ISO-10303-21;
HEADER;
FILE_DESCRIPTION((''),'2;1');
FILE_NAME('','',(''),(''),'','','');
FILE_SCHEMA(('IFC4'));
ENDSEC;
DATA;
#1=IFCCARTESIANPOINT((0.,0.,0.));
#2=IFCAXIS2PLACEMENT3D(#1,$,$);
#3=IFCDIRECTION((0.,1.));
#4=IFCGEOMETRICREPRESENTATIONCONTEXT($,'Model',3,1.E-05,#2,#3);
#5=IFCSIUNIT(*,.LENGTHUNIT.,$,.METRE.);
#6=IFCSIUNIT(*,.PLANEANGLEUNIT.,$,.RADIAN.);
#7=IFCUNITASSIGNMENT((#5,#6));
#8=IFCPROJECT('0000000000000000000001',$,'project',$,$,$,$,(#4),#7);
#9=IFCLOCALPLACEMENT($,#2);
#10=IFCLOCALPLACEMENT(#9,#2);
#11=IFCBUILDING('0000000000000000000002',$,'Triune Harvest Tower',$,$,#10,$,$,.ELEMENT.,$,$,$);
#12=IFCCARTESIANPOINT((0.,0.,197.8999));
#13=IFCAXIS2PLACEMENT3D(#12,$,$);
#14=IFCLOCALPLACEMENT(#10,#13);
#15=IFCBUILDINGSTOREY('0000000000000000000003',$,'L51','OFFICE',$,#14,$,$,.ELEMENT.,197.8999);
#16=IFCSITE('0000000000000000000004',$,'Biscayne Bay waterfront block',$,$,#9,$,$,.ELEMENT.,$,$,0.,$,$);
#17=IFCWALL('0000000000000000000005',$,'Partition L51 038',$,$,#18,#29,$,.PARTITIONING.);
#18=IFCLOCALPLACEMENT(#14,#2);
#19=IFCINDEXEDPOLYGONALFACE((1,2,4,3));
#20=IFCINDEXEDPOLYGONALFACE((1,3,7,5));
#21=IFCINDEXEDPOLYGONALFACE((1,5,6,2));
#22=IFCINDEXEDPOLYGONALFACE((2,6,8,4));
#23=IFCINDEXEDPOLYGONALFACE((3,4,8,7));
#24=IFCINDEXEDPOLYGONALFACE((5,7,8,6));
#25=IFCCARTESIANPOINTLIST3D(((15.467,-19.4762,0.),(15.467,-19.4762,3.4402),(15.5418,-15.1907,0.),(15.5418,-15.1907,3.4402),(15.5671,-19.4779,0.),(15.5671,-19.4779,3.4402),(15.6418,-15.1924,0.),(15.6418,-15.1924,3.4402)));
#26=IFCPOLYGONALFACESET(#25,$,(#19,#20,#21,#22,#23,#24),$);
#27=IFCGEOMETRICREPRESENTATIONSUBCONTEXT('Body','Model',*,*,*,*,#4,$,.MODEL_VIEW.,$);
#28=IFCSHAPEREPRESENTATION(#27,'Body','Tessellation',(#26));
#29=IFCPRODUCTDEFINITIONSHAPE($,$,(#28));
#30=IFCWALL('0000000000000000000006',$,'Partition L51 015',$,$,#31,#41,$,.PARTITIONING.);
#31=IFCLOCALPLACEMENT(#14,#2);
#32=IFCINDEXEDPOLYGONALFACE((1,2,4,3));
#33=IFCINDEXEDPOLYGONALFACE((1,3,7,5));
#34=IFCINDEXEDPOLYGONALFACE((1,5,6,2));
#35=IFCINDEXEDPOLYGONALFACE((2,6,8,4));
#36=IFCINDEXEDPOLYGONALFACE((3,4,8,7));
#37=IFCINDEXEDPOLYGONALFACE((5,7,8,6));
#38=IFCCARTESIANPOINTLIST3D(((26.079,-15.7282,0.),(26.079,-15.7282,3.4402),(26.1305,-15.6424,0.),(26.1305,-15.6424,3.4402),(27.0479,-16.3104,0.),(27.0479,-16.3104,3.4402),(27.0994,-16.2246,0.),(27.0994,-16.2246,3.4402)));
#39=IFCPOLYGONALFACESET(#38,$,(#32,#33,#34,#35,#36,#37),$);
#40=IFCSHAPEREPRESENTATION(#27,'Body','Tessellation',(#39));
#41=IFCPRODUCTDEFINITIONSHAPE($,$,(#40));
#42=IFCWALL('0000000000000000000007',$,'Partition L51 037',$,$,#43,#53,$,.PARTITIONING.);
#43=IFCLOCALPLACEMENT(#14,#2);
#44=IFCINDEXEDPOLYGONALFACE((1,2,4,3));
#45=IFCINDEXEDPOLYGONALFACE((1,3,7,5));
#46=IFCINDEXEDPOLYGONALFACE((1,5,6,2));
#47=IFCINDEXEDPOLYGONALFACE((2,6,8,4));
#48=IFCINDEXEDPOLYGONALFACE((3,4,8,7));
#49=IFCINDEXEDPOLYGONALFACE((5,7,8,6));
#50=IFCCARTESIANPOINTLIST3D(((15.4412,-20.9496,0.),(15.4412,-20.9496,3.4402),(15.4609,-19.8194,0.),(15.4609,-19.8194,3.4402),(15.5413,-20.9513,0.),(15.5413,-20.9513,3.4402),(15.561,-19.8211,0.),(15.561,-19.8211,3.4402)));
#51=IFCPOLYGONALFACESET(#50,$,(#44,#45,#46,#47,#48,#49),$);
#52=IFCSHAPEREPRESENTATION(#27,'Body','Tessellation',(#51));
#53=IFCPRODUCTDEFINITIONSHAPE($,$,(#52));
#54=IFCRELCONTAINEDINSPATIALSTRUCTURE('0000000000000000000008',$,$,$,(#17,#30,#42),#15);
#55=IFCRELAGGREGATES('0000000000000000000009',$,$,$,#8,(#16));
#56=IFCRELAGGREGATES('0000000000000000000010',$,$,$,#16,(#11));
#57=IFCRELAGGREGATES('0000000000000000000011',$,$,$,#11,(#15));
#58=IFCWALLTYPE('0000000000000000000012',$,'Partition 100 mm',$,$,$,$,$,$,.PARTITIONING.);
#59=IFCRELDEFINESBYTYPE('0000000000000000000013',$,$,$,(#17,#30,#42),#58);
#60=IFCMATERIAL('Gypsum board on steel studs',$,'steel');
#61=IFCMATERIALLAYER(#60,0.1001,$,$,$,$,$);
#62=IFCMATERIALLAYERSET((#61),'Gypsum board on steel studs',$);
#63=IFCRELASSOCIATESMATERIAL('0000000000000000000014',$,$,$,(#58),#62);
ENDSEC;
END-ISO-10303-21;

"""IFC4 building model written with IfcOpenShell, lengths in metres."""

from ifc_helpers import new_model, si_unit, direction, frame, frame_2d, origin, place, context, subcontext, project, spatial, rectangle, extrude, source, transform, mapped, material, layer, layer_set, type_object, element, save


model = new_model("IFC4")

# Units and contexts
model_context = context("Model", 3, precision=1e-05, world=origin(), true_north=direction((0.0, 1.0)))
body_context = subcontext(model_context, "Body", "Model", "MODEL_VIEW")
ifc_project = project(units=[si_unit("LENGTHUNIT", "METRE"), si_unit("PLANEANGLEUNIT", "RADIAN")], contexts=[model_context])

# Site, building, storey
site_placement = place(None, origin())
site = spatial("IfcSite", under=ifc_project, at=site_placement, Name="Biscayne Bay waterfront block", CompositionType="ELEMENT", RefElevation=0.0)
building_placement = place(site_placement, origin())
building = spatial("IfcBuilding", under=site, at=building_placement, Name="Triune Harvest Tower", CompositionType="ELEMENT")
storey_placement = place(building_placement, frame((0.0, 0.0, 197.8999)))
storey = spatial("IfcBuildingStorey", under=building, at=storey_placement, Name="L51", Description="OFFICE", CompositionType="ELEMENT", Elevation=197.8999)

# Walls
ifc_material_1 = material(Name="Gypsum board on steel studs", Category="steel")
ifc_layer_1 = layer(ifc_material_1, 0.1001)
ifc_layer_set_1 = layer_set([ifc_layer_1], Name="Gypsum board on steel studs")
wall_type = type_object("IfcWallType", Name="Partition 100 mm", PredefinedType="PARTITIONING", material=ifc_layer_set_1)
wall_placement = place(storey_placement, frame((15.5171, -19.4771, 0.0), z_axis=(0.0, 0.0, 1.0), x_axis=(0.01743, 0.999848, 0.0)))
element("IfcWall", 1, at=wall_placement, inside=storey, type_object=wall_type, Name="Partition L51 038", PredefinedType="PARTITIONING", context=body_context, shape_type="SweptSolid", body=[
    extrude(rectangle(XDim=4.2861, YDim=0.1001, at=frame_2d((2.1431, 0.0))), origin(), (0.0, 0.0, 1.0), 3.4402),
])
shared_shape_1 = source(origin(), body_context, "Body", "SweptSolid", [
    extrude(rectangle(XDim=1.1304, YDim=0.1001, at=frame_2d((0.5652, 0.0))), origin(), (0.0, 0.0, 1.0), 3.4402),
])
for number, where, z_axis, x_axis, name in (
    (2, (26.1047, -15.6853, 0.0), (0.0, 0.0, 1.0), (0.85715, -0.515067, 0.0), "Partition L51 015"),
    (3, (15.4912, -20.9504, 0.0), (0.0, 0.0, 1.0), (0.017496, 0.999847, 0.0), "Partition L51 037"),
):
    element("IfcWall", number, at=place(storey_placement, frame(where, z_axis=z_axis, x_axis=x_axis)), inside=storey, type_object=wall_type, Name=name, PredefinedType="PARTITIONING", context=body_context, shape_type="MappedRepresentation", body=[
        mapped(shared_shape_1, transform((0.0, 0.0, 0.0), scale=1.0)),
    ])

save(model, "model.ifc")
